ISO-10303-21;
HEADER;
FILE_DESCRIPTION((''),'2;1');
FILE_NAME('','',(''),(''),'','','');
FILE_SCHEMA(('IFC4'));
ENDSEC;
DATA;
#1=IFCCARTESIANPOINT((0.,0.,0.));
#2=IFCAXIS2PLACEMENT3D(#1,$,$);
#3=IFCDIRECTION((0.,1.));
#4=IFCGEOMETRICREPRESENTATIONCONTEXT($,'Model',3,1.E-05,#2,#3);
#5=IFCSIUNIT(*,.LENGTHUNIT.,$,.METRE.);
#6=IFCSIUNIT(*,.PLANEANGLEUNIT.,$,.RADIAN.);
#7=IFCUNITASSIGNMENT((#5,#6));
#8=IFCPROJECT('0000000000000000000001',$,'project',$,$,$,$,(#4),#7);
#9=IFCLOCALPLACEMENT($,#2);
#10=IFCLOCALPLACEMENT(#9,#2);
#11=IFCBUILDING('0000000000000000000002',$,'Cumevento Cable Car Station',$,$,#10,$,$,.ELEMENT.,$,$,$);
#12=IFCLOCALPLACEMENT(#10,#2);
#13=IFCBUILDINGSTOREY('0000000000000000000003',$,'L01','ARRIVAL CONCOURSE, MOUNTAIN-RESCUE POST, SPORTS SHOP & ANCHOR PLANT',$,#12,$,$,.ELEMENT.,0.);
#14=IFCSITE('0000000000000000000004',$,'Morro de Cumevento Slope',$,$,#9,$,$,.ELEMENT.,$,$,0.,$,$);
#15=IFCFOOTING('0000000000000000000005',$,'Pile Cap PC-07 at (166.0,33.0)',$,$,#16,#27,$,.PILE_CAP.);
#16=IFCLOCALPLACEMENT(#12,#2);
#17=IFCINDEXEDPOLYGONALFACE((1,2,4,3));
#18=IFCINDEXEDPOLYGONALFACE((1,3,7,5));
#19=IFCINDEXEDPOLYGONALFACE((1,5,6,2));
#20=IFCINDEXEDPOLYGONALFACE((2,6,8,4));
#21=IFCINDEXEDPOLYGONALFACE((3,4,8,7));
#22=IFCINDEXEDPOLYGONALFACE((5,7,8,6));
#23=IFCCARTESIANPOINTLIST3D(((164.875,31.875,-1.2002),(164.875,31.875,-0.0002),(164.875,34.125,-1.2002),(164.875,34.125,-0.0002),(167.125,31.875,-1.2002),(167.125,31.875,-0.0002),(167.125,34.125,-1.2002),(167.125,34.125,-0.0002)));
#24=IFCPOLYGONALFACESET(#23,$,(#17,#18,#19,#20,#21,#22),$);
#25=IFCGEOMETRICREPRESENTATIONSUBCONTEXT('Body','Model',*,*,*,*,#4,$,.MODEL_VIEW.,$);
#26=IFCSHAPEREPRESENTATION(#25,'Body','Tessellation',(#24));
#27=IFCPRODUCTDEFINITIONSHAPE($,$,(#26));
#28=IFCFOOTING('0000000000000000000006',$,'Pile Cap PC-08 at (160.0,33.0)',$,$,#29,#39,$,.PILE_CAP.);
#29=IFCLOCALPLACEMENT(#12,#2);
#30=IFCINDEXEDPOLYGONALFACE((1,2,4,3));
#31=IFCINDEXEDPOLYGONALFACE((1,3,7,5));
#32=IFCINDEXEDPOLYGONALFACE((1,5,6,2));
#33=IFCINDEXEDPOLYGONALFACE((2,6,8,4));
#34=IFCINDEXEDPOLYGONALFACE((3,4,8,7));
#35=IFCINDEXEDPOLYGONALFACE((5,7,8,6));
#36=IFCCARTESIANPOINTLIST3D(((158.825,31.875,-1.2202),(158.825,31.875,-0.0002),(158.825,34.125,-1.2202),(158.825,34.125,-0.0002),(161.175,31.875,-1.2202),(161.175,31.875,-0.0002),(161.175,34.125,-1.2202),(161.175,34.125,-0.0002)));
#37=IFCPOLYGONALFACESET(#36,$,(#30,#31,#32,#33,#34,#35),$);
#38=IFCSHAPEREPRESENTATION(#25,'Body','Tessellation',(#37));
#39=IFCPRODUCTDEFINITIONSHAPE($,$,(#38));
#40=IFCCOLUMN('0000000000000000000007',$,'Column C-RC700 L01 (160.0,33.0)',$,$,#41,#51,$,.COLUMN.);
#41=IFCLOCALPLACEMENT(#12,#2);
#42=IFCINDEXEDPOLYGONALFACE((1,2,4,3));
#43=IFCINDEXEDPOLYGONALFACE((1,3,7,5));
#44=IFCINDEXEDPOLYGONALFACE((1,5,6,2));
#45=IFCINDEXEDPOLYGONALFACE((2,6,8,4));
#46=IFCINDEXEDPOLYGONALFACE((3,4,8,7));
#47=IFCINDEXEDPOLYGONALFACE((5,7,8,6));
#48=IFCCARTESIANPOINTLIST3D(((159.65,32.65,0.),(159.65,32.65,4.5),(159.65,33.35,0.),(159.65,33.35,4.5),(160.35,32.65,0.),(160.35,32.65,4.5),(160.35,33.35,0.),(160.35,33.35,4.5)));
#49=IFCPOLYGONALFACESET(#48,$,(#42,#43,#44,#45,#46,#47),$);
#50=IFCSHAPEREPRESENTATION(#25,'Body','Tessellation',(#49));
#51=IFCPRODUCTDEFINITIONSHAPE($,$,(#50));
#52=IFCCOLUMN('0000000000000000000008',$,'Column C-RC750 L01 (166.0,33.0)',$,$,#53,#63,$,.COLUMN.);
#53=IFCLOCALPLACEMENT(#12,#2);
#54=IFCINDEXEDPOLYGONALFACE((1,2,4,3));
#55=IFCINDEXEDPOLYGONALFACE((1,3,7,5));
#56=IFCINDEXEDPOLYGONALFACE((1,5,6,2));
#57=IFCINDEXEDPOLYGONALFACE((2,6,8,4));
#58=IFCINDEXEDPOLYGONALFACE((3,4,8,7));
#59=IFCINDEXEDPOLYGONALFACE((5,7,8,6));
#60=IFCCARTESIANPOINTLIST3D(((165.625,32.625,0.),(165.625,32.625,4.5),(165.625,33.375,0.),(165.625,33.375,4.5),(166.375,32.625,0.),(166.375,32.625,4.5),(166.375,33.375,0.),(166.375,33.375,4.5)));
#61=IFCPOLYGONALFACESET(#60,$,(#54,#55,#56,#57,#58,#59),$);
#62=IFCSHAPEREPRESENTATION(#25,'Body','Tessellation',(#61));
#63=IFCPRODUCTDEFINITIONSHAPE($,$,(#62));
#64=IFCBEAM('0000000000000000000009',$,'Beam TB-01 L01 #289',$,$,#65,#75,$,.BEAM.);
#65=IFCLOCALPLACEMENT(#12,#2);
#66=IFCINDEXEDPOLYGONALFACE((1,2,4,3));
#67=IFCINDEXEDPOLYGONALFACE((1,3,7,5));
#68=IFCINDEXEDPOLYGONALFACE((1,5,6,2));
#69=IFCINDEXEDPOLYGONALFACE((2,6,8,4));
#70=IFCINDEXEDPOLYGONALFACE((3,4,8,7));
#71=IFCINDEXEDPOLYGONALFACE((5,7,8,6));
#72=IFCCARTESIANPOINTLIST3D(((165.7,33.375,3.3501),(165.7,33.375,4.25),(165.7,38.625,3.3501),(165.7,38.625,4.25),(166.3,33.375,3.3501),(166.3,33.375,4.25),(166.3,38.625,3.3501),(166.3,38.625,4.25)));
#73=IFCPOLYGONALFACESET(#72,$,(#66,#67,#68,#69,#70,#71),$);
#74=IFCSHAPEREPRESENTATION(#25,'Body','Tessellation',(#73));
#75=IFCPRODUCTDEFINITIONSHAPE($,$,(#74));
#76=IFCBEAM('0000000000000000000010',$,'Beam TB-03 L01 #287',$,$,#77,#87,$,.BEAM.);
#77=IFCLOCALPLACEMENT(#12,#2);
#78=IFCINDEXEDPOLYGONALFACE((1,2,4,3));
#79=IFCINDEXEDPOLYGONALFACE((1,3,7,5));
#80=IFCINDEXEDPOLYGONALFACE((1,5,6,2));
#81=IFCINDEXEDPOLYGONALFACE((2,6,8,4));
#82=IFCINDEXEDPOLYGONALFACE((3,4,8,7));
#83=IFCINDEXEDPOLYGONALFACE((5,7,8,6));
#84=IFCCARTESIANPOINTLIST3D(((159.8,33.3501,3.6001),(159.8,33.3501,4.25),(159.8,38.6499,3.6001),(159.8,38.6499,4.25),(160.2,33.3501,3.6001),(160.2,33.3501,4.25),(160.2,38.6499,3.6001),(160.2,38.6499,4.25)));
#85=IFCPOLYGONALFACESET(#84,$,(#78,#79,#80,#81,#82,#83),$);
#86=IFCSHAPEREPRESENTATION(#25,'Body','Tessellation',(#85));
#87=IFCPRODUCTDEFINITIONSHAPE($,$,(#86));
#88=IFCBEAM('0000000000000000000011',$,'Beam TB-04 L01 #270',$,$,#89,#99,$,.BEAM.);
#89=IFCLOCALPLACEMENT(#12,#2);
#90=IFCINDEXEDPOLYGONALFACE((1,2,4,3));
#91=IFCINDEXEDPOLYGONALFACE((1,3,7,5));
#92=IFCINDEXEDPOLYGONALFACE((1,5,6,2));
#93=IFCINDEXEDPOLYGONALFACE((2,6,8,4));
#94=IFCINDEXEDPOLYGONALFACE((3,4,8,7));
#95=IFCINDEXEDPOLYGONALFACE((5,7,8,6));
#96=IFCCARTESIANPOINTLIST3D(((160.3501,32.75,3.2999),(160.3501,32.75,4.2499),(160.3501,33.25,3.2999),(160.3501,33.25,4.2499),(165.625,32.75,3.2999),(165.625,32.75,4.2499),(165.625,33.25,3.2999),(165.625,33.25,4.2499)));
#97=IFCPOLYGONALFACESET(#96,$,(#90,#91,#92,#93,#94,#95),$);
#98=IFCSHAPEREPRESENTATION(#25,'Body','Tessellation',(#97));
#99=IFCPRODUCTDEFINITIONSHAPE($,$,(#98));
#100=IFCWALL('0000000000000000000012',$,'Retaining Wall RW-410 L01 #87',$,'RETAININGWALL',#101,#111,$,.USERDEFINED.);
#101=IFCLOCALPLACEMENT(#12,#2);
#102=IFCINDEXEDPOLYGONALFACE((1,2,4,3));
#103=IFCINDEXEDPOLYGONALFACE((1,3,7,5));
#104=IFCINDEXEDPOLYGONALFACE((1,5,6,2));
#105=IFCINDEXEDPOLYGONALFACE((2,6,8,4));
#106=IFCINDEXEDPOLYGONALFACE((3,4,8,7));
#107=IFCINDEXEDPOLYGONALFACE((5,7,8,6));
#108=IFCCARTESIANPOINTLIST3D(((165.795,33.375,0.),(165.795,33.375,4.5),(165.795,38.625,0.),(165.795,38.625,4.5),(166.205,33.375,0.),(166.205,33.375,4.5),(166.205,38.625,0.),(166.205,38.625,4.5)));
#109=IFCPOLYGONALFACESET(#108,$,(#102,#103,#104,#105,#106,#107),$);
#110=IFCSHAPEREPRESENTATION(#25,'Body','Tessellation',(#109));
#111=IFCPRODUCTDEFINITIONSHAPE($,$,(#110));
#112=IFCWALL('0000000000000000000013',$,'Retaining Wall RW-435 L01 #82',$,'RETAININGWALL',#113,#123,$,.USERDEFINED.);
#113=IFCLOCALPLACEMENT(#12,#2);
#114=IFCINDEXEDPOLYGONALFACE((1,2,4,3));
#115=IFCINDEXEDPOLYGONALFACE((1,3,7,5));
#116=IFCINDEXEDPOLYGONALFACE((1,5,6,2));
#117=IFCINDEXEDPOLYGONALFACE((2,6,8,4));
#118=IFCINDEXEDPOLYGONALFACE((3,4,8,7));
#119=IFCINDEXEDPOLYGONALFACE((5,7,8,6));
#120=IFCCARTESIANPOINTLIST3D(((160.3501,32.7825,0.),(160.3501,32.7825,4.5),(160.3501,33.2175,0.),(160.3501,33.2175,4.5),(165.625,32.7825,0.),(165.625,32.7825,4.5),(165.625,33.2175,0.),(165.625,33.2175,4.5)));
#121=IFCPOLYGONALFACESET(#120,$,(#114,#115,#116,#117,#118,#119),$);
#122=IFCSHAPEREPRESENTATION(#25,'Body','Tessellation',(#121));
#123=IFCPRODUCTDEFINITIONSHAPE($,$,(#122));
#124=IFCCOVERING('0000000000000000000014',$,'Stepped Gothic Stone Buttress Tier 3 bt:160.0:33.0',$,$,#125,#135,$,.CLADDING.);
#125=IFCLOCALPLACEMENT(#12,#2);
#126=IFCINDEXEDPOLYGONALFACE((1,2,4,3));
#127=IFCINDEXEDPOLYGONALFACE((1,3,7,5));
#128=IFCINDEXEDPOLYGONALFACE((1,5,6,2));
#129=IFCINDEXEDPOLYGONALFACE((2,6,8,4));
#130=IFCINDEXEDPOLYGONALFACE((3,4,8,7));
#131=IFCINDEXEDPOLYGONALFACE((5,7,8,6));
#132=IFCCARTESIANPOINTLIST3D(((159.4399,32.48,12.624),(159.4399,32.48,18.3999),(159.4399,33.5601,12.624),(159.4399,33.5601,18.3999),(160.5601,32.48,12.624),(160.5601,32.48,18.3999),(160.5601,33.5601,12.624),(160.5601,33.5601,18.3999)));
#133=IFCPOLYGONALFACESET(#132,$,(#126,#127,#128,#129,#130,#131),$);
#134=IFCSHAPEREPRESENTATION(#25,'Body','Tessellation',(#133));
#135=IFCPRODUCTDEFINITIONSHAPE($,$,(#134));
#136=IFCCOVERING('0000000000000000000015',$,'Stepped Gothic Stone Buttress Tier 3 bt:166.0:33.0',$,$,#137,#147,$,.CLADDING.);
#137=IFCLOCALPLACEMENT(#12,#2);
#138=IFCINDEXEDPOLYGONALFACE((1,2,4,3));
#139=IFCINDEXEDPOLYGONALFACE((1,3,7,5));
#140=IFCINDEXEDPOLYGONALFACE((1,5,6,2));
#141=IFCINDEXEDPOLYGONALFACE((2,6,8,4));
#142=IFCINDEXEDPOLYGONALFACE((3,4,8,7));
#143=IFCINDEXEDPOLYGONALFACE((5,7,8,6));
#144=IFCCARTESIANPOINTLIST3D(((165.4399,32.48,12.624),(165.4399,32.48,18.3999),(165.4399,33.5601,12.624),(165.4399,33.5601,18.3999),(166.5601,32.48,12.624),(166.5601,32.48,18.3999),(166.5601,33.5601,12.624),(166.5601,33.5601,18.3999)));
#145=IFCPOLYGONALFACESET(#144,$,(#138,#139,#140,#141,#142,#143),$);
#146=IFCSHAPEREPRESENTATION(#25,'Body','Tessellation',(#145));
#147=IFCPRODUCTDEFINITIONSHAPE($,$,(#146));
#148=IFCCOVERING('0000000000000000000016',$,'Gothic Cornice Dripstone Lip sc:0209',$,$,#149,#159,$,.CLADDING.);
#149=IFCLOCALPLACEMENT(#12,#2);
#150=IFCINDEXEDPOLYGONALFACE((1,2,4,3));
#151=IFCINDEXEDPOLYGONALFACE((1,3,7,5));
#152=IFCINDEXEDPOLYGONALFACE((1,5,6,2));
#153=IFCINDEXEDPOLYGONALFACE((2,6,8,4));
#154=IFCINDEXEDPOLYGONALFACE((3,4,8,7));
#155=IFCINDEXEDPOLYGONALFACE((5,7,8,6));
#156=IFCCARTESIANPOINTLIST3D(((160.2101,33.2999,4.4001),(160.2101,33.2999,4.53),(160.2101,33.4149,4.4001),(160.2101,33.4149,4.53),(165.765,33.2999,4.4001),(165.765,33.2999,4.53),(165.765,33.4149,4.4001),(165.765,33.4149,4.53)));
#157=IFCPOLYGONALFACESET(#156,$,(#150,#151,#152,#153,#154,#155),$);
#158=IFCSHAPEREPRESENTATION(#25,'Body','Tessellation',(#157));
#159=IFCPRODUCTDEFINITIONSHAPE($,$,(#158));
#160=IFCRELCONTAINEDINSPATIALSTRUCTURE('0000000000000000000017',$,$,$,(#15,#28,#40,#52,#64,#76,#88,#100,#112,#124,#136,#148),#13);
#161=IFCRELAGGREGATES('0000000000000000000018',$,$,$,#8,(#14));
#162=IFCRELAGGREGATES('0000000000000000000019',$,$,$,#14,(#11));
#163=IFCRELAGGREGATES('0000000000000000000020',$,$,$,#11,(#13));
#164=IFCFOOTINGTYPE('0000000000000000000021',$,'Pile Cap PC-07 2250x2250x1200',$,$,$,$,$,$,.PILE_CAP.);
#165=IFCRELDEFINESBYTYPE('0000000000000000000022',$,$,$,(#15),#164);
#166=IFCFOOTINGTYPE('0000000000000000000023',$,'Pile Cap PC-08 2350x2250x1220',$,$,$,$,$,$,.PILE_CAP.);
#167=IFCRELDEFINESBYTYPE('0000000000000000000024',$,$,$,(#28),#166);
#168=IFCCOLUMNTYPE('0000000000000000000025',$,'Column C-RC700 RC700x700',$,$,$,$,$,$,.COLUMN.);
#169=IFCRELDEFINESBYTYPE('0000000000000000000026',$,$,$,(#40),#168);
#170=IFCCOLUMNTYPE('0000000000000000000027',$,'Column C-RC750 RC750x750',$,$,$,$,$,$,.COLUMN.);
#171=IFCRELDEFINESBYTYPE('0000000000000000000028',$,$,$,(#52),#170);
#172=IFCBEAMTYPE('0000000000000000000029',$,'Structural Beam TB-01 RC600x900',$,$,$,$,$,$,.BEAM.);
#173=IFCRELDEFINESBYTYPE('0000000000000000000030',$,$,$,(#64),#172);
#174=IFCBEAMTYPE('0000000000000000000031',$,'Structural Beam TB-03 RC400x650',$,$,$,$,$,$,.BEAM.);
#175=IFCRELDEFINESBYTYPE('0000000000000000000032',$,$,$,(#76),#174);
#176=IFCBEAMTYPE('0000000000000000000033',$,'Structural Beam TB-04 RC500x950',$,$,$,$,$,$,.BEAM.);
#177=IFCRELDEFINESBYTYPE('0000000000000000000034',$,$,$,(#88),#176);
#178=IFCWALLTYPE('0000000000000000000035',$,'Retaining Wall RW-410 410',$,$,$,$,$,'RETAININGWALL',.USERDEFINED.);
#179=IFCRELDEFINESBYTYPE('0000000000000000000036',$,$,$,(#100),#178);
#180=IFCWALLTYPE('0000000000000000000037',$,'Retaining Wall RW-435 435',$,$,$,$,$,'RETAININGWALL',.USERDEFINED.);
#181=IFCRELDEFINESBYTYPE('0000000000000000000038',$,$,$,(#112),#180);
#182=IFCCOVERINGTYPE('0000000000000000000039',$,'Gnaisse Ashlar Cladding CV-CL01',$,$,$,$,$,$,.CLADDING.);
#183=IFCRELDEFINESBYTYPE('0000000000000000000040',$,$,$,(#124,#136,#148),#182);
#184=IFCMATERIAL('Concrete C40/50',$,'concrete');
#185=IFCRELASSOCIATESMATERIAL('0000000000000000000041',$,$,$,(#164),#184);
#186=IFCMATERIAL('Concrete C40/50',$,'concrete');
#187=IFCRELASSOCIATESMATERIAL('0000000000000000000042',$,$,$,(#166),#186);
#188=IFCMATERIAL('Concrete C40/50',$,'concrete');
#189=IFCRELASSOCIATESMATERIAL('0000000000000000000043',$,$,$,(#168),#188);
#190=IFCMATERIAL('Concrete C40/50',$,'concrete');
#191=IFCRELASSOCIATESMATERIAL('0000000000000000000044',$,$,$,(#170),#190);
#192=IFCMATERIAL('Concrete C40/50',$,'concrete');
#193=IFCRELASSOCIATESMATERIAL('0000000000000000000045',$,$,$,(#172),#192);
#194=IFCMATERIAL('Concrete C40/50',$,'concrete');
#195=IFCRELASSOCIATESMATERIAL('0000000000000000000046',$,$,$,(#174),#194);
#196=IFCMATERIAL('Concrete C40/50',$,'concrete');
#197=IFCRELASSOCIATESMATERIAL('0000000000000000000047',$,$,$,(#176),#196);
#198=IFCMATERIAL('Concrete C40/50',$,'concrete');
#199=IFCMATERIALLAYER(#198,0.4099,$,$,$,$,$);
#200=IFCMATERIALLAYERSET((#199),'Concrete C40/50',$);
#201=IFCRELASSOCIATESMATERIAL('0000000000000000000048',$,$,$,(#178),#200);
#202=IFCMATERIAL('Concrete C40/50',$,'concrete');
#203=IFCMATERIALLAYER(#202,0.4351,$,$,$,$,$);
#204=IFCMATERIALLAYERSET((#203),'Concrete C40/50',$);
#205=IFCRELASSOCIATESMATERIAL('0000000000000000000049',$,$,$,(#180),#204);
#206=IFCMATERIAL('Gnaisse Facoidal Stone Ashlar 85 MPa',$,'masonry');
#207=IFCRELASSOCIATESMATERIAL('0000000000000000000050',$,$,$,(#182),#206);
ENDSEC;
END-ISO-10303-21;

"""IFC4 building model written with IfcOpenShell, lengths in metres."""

from ifc_helpers import new_model, si_unit, direction, frame, frame_2d, origin, origin_2d, place, context, subcontext, project, spatial, rectangle, extrude, material, layer, layer_set, material_profile, profile_set, type_object, element, save


model = new_model("IFC4")

# Units and contexts
model_context = context("Model", 3, precision=1e-05, world=origin(), true_north=direction((0.0, 1.0)))
body_context = subcontext(model_context, "Body", "Model", "MODEL_VIEW")
ifc_project = project(units=[si_unit("LENGTHUNIT", "METRE"), si_unit("PLANEANGLEUNIT", "RADIAN")], contexts=[model_context])

# Site, building, storey
site_placement = place(None, origin())
site = spatial("IfcSite", under=ifc_project, at=site_placement, Name="Morro de Cumevento Slope", CompositionType="ELEMENT", RefElevation=0.0)
building_placement = place(site_placement, origin())
building = spatial("IfcBuilding", under=site, at=building_placement, Name="Cumevento Cable Car Station", CompositionType="ELEMENT")
storey_placement = place(building_placement, origin())
storey = spatial("IfcBuildingStorey", under=building, at=storey_placement, Name="L01", Description="ARRIVAL CONCOURSE, MOUNTAIN-RESCUE POST, SPORTS SHOP & ANCHOR PLANT", CompositionType="ELEMENT", Elevation=0.0)

# Footings
ifc_material_1 = material(Name="Concrete C40/50", Category="concrete")
footing_type_1 = type_object("IfcFootingType", Name="Pile Cap PC-07 2250x2250x1200", PredefinedType="PILE_CAP", material=ifc_material_1)
footing_1_placement = place(storey_placement, frame((166.0, 33.0, -1.2002), z_axis=(0.0, 0.0, 1.0), x_axis=(1.0, 0.0, 0.0)))
element("IfcFooting", 1, at=footing_1_placement, inside=storey, type_object=footing_type_1, Name="Pile Cap PC-07 at (166.0,33.0)", PredefinedType="PILE_CAP", context=body_context, shape_type="SweptSolid", body=[
    extrude(rectangle(XDim=2.25, YDim=2.25, at=origin_2d()), origin(), (0.0, 0.0, 1.0), 1.2),
])
ifc_material_2 = material(Name="Concrete C40/50", Category="concrete")
footing_type_2 = type_object("IfcFootingType", Name="Pile Cap PC-08 2350x2250x1220", PredefinedType="PILE_CAP", material=ifc_material_2)
footing_2_placement = place(storey_placement, frame((160.0, 33.0, -1.2202), z_axis=(0.0, 0.0, 1.0), x_axis=(1.0, 0.0, 0.0)))
element("IfcFooting", 2, at=footing_2_placement, inside=storey, type_object=footing_type_2, Name="Pile Cap PC-08 at (160.0,33.0)", PredefinedType="PILE_CAP", context=body_context, shape_type="SweptSolid", body=[
    extrude(rectangle(XDim=2.3501, YDim=2.25, at=origin_2d()), origin(), (0.0, 0.0, 1.0), 1.22),
])

# Columns
ifc_material_3 = material(Name="Concrete C40/50", Category="concrete")
ifc_material_profile_1 = material_profile(ifc_material_3, rectangle(XDim=0.7, YDim=0.7, at=origin_2d()), Name="RC700x700")
ifc_profile_set_1 = profile_set([ifc_material_profile_1], Name="Concrete C40/50")
column_type_1 = type_object("IfcColumnType", Name="Column C-RC700 RC700x700", PredefinedType="COLUMN", material=ifc_profile_set_1)
column_1_placement = place(storey_placement, frame((160.0, 33.0, 0.0), z_axis=(0.0, 0.0, 1.0), x_axis=(1.0, 0.0, 0.0)))
element("IfcColumn", 3, at=column_1_placement, inside=storey, type_object=column_type_1, Name="Column C-RC700 L01 (160.0,33.0)", PredefinedType="COLUMN", context=body_context, shape_type="SweptSolid", body=[
    extrude(rectangle(XDim=0.7, YDim=0.7, at=origin_2d()), origin(), (0.0, 0.0, 1.0), 4.5),
])
ifc_material_4 = material(Name="Concrete C40/50", Category="concrete")
ifc_material_profile_2 = material_profile(ifc_material_4, rectangle(XDim=0.75, YDim=0.75, at=origin_2d()), Name="RC750x750")
ifc_profile_set_2 = profile_set([ifc_material_profile_2], Name="Concrete C40/50")
column_type_2 = type_object("IfcColumnType", Name="Column C-RC750 RC750x750", PredefinedType="COLUMN", material=ifc_profile_set_2)
column_2_placement = place(storey_placement, frame((166.0, 33.0, 0.0), z_axis=(0.0, 0.0, 1.0), x_axis=(1.0, 0.0, 0.0)))
element("IfcColumn", 4, at=column_2_placement, inside=storey, type_object=column_type_2, Name="Column C-RC750 L01 (166.0,33.0)", PredefinedType="COLUMN", context=body_context, shape_type="SweptSolid", body=[
    extrude(rectangle(XDim=0.75, YDim=0.75, at=origin_2d()), origin(), (0.0, 0.0, 1.0), 4.5),
])

# Beams
ifc_material_5 = material(Name="Concrete C40/50", Category="concrete")
ifc_material_profile_3 = material_profile(ifc_material_5, rectangle(XDim=0.6001, YDim=0.8999, at=origin_2d()), Name="RC600x900")
ifc_profile_set_3 = profile_set([ifc_material_profile_3], Name="Concrete C40/50")
beam_type_1 = type_object("IfcBeamType", Name="Structural Beam TB-01 RC600x900", PredefinedType="BEAM", material=ifc_profile_set_3)
beam_1_placement = place(storey_placement, frame((166.0, 33.375, 3.8), z_axis=(0.0, 1.0, 0.0), x_axis=(-1.0, 0.0, 0.0)))
element("IfcBeam", 5, at=beam_1_placement, inside=storey, type_object=beam_type_1, Name="Beam TB-01 L01 #289", PredefinedType="BEAM", context=body_context, shape_type="SweptSolid", body=[
    extrude(rectangle(XDim=0.6001, YDim=0.8999, at=origin_2d()), origin(), (0.0, 0.0, 1.0), 5.25),
])
ifc_material_6 = material(Name="Concrete C40/50", Category="concrete")
ifc_material_profile_4 = material_profile(ifc_material_6, rectangle(XDim=0.3999, YDim=0.6499, at=origin_2d()), Name="RC400x650")
ifc_profile_set_4 = profile_set([ifc_material_profile_4], Name="Concrete C40/50")
beam_type_2 = type_object("IfcBeamType", Name="Structural Beam TB-03 RC400x650", PredefinedType="BEAM", material=ifc_profile_set_4)
beam_2_placement = place(storey_placement, frame((160.0, 33.3501, 3.925), z_axis=(0.0, 1.0, 0.0), x_axis=(-1.0, 0.0, 0.0)))
element("IfcBeam", 6, at=beam_2_placement, inside=storey, type_object=beam_type_2, Name="Beam TB-03 L01 #287", PredefinedType="BEAM", context=body_context, shape_type="SweptSolid", body=[
    extrude(rectangle(XDim=0.3999, YDim=0.6499, at=origin_2d()), origin(), (0.0, 0.0, 1.0), 5.2998),
])
ifc_material_7 = material(Name="Concrete C40/50", Category="concrete")
ifc_material_profile_5 = material_profile(ifc_material_7, rectangle(XDim=0.5, YDim=0.95, at=origin_2d()), Name="RC500x950")
ifc_profile_set_5 = profile_set([ifc_material_profile_5], Name="Concrete C40/50")
beam_type_3 = type_object("IfcBeamType", Name="Structural Beam TB-04 RC500x950", PredefinedType="BEAM", material=ifc_profile_set_5)
beam_3_placement = place(storey_placement, frame((160.3501, 33.0, 3.7749), z_axis=(1.0, 0.0, 0.0), x_axis=(0.0, 1.0, 0.0)))
element("IfcBeam", 7, at=beam_3_placement, inside=storey, type_object=beam_type_3, Name="Beam TB-04 L01 #270", PredefinedType="BEAM", context=body_context, shape_type="SweptSolid", body=[
    extrude(rectangle(XDim=0.5, YDim=0.95, at=origin_2d()), origin(), (0.0, 0.0, 1.0), 5.2749),
])

# Walls
ifc_material_8 = material(Name="Concrete C40/50", Category="concrete")
ifc_layer_1 = layer(ifc_material_8, 0.4099)
ifc_layer_set_1 = layer_set([ifc_layer_1], Name="Concrete C40/50")
wall_type_1 = type_object("IfcWallType", Name="Retaining Wall RW-410 410", ElementType="RETAININGWALL", PredefinedType="USERDEFINED", material=ifc_layer_set_1)
wall_1_placement = place(storey_placement, frame((166.0, 33.375, 0.0), z_axis=(0.0, 0.0, 1.0), x_axis=(0.0, 1.0, 0.0)))
element("IfcWall", 8, at=wall_1_placement, inside=storey, type_object=wall_type_1, Name="Retaining Wall RW-410 L01 #87", ObjectType="RETAININGWALL", PredefinedType="USERDEFINED", context=body_context, shape_type="SweptSolid", body=[
    extrude(rectangle(XDim=5.25, YDim=0.4099, at=frame_2d((2.625, 0.0))), origin(), (0.0, 0.0, 1.0), 4.5),
])
ifc_material_9 = material(Name="Concrete C40/50", Category="concrete")
ifc_layer_2 = layer(ifc_material_9, 0.4351)
ifc_layer_set_2 = layer_set([ifc_layer_2], Name="Concrete C40/50")
wall_type_2 = type_object("IfcWallType", Name="Retaining Wall RW-435 435", ElementType="RETAININGWALL", PredefinedType="USERDEFINED", material=ifc_layer_set_2)
wall_2_placement = place(storey_placement, frame((160.3501, 33.0, 0.0), z_axis=(0.0, 0.0, 1.0), x_axis=(1.0, 0.0, 0.0)))
element("IfcWall", 9, at=wall_2_placement, inside=storey, type_object=wall_type_2, Name="Retaining Wall RW-435 L01 #82", ObjectType="RETAININGWALL", PredefinedType="USERDEFINED", context=body_context, shape_type="SweptSolid", body=[
    extrude(rectangle(XDim=5.2749, YDim=0.4351, at=frame_2d((2.6375, 0.0))), origin(), (0.0, 0.0, 1.0), 4.5),
])

# Coverings
ifc_material_10 = material(Name="Gnaisse Facoidal Stone Ashlar 85 MPa", Category="masonry")
covering_type = type_object("IfcCoveringType", Name="Gnaisse Ashlar Cladding CV-CL01", PredefinedType="CLADDING", material=ifc_material_10)
for number, where, z_axis, x_axis, name in (
    (10, (160.0, 33.02, 12.624), (0.0, 0.0, 1.0), (1.0, 0.0, 0.0), "Stepped Gothic Stone Buttress Tier 3 bt:160.0:33.0"),
    (11, (166.0, 33.02, 12.624), (0.0, 0.0, 1.0), (1.0, 0.0, 0.0), "Stepped Gothic Stone Buttress Tier 3 bt:166.0:33.0"),
):
    element("IfcCovering", number, at=place(storey_placement, frame(where, z_axis=z_axis, x_axis=x_axis)), inside=storey, type_object=covering_type, Name=name, PredefinedType="CLADDING", context=body_context, shape_type="SweptSolid", body=[
        extrude(rectangle(XDim=1.1201, YDim=1.0801, at=origin_2d()), origin(), (0.0, 0.0, 1.0), 5.7759),
    ])
covering_1_placement = place(storey_placement, frame((162.9875, 33.3574, 4.4001), z_axis=(0.0, 0.0, 1.0), x_axis=(1.0, 0.0, 0.0)))
element("IfcCovering", 12, at=covering_1_placement, inside=storey, type_object=covering_type, Name="Gothic Cornice Dripstone Lip sc:0209", PredefinedType="CLADDING", context=body_context, shape_type="SweptSolid", body=[
    extrude(rectangle(XDim=5.5549, YDim=0.115, at=origin_2d()), origin(), (0.0, 0.0, 1.0), 0.1299),
])

save(model, "model.ifc")
